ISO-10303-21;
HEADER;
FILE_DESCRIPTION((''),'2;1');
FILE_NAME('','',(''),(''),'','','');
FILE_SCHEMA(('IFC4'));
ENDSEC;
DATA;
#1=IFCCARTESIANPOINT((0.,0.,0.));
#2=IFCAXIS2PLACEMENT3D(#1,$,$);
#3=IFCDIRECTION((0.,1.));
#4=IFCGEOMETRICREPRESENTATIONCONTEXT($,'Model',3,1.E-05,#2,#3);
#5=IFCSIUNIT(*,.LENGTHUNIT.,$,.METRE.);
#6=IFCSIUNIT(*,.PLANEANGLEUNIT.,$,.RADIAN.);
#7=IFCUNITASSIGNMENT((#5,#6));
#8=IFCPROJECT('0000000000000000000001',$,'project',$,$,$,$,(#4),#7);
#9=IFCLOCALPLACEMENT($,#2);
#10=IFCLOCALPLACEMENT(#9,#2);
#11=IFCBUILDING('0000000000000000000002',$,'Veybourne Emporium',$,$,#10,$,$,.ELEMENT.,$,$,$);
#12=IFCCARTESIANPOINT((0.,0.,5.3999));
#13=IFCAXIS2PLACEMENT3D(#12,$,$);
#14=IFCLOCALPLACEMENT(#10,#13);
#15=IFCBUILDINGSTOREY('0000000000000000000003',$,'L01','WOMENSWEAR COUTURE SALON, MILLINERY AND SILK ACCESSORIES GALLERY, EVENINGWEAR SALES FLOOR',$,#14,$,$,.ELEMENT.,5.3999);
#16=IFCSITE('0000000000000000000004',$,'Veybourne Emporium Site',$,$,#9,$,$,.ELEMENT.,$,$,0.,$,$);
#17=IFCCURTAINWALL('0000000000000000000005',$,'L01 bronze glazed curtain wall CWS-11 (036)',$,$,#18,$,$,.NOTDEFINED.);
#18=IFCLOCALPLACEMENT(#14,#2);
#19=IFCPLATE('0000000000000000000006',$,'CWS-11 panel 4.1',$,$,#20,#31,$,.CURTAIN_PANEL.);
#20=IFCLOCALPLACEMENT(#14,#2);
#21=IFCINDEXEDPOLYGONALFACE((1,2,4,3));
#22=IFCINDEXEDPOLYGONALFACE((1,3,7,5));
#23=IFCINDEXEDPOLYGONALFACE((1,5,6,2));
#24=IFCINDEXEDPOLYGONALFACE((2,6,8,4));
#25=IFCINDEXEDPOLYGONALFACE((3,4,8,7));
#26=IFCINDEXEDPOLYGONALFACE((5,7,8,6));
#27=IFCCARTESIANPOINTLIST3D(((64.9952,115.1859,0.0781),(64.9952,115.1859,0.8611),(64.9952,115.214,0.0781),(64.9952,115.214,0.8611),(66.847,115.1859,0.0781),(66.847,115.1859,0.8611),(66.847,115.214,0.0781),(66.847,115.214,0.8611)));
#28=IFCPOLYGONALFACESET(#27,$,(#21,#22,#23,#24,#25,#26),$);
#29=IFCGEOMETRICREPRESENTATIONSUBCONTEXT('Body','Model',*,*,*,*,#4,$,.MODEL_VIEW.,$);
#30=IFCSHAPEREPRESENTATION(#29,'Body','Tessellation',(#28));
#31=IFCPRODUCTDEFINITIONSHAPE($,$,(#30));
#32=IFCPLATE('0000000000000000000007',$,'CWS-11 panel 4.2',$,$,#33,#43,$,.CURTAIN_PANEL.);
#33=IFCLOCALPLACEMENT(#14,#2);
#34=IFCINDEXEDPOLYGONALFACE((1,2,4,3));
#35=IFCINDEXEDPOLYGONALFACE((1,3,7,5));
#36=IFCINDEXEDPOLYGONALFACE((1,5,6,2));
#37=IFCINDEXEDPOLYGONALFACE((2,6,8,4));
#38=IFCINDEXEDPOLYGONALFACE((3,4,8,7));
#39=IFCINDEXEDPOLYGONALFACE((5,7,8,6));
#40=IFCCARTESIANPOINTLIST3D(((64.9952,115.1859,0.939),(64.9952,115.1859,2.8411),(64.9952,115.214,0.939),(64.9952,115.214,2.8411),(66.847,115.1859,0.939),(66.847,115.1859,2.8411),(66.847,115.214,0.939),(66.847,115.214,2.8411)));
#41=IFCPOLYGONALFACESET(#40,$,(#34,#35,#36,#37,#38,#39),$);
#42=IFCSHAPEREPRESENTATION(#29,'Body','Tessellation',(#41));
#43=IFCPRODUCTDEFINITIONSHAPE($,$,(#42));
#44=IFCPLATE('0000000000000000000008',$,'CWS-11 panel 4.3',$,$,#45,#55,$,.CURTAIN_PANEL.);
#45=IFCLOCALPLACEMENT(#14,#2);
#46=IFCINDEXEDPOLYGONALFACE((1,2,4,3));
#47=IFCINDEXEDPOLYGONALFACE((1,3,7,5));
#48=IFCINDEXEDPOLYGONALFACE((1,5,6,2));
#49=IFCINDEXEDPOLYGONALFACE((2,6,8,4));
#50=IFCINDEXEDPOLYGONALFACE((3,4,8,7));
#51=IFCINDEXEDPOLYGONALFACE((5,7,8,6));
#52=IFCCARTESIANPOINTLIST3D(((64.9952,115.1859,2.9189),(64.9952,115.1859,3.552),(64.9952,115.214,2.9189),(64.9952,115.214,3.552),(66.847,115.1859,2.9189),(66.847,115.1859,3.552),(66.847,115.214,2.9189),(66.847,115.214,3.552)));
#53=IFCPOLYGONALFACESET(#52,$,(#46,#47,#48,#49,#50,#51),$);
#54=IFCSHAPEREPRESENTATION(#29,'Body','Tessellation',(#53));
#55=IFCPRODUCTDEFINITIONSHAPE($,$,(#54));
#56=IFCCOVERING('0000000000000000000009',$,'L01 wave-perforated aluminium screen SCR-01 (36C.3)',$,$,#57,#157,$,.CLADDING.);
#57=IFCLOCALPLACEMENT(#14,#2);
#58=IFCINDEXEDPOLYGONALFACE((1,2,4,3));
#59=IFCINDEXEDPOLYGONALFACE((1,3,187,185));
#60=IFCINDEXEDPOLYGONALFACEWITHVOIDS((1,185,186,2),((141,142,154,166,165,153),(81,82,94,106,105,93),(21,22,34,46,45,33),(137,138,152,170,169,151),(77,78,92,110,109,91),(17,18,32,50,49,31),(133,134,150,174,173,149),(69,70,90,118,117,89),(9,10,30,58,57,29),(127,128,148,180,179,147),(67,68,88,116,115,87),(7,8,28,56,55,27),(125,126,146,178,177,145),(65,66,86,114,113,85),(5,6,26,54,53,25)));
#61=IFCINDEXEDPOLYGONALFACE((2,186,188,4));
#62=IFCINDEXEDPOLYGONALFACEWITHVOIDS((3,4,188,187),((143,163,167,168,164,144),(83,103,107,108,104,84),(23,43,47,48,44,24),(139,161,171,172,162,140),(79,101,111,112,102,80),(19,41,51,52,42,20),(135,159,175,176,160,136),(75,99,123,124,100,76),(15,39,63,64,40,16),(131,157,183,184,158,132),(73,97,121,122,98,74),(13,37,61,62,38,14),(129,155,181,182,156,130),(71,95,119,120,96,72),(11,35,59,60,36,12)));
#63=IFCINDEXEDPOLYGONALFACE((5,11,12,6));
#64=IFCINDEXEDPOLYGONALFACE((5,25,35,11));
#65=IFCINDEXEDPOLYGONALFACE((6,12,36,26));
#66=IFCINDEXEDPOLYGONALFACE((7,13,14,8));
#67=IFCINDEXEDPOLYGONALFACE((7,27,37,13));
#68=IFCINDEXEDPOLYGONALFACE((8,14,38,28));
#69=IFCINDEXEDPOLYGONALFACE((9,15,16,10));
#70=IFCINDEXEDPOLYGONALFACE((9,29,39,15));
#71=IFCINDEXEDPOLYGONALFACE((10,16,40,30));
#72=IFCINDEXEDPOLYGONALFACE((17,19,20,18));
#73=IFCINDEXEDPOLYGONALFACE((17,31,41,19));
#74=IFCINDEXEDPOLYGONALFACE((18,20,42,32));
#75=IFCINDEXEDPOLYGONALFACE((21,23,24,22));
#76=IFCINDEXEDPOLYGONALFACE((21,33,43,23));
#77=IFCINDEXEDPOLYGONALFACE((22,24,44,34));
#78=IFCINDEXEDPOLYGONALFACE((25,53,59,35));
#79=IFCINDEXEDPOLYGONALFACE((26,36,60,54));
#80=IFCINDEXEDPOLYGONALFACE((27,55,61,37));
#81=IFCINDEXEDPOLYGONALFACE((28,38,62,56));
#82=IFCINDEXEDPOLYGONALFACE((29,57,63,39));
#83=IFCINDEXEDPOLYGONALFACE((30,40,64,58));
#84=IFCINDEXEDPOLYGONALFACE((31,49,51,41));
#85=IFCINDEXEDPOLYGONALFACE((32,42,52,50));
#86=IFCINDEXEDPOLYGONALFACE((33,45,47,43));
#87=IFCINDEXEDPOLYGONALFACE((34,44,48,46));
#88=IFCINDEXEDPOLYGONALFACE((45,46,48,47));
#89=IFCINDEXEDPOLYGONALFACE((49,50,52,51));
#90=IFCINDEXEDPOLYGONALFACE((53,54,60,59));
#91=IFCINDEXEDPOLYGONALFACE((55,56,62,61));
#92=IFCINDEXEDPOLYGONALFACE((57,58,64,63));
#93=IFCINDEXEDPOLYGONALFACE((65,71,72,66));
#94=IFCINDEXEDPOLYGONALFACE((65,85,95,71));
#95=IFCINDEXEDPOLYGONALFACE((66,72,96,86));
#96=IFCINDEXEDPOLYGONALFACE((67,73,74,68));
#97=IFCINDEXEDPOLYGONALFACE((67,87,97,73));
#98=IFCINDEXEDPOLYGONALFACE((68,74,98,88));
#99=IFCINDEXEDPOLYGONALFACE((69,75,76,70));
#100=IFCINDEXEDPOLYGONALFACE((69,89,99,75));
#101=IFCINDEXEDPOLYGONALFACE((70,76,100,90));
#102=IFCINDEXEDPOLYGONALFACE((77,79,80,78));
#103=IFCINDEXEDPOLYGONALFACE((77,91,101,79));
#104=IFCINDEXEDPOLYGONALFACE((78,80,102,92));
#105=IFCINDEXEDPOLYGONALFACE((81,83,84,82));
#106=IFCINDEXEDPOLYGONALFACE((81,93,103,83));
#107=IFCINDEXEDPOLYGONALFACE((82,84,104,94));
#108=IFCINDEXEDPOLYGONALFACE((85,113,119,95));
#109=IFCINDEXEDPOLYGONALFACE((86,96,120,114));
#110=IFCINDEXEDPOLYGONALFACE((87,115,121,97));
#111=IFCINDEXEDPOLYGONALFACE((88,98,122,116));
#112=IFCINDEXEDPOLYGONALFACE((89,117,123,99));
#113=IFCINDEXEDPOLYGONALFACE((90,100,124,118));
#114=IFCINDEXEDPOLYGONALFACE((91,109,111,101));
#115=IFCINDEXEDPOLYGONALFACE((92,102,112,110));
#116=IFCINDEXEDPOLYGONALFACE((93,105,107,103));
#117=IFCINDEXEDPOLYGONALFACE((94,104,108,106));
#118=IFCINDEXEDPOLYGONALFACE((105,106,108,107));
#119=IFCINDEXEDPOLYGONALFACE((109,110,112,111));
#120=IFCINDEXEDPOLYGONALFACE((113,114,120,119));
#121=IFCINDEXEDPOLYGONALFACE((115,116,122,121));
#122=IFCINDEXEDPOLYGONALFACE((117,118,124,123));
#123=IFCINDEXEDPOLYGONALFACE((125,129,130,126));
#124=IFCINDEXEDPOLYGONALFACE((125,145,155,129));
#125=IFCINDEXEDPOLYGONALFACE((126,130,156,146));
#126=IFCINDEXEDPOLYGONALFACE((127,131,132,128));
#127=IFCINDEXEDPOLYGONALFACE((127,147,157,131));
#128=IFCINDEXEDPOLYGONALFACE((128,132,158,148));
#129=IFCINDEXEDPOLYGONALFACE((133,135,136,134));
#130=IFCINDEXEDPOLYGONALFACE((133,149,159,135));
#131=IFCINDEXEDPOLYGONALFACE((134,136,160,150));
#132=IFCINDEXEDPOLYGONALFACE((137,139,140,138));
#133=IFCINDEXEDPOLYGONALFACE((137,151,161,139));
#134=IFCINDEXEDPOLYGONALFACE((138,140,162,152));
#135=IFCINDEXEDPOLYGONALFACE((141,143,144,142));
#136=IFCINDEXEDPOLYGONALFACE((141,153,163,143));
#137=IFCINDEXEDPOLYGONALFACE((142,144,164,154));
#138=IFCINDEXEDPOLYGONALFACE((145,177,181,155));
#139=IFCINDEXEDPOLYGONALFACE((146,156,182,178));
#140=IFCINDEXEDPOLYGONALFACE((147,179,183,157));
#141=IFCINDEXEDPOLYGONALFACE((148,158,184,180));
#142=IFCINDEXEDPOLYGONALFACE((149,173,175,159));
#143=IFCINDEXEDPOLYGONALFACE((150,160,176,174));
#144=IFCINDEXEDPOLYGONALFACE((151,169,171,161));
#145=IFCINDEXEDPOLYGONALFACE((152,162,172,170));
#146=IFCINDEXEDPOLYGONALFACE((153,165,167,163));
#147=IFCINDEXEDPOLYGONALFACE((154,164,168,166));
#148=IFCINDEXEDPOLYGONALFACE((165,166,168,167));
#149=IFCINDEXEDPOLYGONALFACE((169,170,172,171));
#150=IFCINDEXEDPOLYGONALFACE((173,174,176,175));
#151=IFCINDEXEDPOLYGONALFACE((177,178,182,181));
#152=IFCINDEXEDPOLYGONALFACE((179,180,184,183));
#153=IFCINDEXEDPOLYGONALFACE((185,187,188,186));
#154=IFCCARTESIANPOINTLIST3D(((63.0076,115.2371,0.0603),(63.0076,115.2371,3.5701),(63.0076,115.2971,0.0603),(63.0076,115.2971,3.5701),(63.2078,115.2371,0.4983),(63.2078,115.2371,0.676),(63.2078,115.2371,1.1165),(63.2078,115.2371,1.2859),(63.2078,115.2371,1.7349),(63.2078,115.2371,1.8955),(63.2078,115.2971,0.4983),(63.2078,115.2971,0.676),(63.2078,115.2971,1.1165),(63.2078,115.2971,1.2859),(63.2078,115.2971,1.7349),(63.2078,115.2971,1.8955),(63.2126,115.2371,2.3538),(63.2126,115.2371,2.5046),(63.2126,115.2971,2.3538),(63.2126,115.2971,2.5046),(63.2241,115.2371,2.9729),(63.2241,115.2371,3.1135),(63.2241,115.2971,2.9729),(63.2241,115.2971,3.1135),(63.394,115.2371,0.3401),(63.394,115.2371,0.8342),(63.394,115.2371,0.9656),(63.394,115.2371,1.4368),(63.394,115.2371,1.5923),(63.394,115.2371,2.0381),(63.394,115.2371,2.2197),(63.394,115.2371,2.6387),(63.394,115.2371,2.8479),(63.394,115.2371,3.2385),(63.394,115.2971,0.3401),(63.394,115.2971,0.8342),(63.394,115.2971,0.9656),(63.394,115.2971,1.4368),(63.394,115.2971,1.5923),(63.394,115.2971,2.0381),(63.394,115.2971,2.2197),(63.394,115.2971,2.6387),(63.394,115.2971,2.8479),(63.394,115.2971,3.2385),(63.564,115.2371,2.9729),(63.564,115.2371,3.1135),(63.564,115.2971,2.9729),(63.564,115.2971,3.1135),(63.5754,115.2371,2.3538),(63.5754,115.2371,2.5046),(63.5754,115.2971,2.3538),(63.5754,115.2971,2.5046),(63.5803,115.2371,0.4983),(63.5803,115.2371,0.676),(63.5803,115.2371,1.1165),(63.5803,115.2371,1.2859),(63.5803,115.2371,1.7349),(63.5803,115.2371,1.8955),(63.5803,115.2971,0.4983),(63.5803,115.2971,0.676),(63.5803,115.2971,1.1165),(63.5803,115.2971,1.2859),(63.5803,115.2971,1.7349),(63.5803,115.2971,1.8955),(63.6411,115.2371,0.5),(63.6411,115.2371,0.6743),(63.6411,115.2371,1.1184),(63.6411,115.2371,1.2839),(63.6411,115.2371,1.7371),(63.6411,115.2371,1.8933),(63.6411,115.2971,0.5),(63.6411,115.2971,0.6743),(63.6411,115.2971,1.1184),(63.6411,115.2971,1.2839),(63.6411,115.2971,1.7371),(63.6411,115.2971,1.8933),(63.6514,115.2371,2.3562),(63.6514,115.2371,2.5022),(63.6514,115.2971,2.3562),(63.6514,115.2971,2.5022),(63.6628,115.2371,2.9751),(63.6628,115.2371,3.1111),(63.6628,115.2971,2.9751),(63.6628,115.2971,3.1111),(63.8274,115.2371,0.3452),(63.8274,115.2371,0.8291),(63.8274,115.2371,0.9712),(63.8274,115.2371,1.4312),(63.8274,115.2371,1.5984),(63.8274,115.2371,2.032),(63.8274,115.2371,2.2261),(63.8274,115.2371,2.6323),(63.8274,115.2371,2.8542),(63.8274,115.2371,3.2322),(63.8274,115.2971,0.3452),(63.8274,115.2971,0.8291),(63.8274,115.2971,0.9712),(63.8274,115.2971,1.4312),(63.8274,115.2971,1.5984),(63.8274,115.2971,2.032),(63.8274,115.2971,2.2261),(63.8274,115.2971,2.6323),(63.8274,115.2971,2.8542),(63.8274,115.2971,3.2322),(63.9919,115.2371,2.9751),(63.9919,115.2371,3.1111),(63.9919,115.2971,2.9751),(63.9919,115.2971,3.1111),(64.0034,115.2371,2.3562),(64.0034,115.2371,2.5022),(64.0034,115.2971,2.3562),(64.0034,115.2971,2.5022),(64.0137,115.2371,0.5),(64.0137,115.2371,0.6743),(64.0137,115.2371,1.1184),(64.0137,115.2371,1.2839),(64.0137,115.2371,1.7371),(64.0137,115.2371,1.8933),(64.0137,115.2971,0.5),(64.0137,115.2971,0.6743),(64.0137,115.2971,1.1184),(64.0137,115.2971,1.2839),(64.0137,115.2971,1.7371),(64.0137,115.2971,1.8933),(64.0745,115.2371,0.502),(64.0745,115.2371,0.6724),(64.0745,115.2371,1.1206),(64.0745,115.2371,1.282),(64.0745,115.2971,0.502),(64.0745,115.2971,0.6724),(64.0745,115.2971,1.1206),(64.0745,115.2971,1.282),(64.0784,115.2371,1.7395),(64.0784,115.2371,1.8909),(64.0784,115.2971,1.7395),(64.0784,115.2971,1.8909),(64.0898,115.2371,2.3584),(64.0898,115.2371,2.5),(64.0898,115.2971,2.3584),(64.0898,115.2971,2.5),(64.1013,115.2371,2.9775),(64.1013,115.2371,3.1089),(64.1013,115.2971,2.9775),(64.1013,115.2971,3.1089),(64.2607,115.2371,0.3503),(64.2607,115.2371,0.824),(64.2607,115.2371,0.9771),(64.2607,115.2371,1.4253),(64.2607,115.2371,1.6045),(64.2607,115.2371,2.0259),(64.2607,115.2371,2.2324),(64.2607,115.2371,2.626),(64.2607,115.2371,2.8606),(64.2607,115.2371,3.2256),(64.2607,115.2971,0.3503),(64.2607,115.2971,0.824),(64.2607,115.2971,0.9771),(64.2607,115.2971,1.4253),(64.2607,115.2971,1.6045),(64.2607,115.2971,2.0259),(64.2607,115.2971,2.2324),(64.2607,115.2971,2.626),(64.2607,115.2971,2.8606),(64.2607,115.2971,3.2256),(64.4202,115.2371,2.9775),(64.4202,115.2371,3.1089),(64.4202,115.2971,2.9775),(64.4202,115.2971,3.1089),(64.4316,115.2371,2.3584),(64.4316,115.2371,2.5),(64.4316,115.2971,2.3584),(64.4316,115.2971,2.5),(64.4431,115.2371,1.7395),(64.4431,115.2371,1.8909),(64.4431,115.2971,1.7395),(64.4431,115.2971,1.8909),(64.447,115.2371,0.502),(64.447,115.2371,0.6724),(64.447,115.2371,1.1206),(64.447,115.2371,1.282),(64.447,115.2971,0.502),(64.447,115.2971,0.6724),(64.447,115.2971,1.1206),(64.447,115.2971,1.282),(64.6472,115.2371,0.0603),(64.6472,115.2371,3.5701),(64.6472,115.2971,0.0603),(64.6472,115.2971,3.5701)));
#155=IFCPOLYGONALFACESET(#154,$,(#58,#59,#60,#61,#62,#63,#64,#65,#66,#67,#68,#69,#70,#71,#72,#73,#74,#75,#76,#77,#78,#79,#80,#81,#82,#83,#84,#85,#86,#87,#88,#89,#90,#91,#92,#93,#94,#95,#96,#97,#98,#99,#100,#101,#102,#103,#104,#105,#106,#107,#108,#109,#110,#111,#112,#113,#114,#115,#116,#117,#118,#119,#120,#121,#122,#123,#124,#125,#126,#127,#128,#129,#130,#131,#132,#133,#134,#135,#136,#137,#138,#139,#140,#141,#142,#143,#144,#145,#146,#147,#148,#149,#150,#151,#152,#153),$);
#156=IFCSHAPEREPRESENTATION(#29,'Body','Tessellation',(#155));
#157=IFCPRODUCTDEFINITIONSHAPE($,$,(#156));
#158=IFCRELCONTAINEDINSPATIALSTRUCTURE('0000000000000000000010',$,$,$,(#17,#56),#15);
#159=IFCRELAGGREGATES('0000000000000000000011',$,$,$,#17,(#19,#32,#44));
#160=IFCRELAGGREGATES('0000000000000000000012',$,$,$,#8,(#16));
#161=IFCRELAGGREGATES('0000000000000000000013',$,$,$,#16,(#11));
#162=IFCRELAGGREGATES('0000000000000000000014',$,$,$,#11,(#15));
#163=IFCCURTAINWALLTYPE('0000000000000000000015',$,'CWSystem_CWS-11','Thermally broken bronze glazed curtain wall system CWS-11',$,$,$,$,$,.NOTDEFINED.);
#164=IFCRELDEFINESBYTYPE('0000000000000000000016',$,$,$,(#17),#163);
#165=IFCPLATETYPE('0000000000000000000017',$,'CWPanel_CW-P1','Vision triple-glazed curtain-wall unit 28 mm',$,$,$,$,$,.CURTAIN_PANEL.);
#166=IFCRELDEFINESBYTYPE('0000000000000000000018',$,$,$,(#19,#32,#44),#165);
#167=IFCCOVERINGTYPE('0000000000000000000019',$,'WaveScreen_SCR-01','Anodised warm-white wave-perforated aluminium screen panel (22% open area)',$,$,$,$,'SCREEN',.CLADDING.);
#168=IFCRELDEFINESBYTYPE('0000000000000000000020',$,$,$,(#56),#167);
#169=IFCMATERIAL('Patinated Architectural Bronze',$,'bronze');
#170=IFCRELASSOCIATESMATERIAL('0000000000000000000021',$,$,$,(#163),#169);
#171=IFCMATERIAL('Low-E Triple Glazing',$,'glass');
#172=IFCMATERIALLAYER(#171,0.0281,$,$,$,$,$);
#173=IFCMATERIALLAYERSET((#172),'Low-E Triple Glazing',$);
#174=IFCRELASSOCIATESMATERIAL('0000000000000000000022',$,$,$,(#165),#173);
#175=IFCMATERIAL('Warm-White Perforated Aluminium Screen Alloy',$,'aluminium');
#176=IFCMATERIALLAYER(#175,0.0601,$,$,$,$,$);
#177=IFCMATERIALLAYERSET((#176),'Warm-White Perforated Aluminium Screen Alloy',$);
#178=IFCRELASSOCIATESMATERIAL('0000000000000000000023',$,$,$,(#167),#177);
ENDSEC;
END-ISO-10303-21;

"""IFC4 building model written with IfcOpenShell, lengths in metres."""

from ifc_helpers import new_model, si_unit, direction, frame, origin, origin_2d, place, context, subcontext, project, spatial, polyline, rectangle, outline, extrude, material, layer, layer_set, type_object, element, aggregate, save


model = new_model("IFC4")

# Units and contexts
model_context = context("Model", 3, precision=1e-05, world=origin(), true_north=direction((0.0, 1.0)))
body_context = subcontext(model_context, "Body", "Model", "MODEL_VIEW")
ifc_project = project(units=[si_unit("LENGTHUNIT", "METRE"), si_unit("PLANEANGLEUNIT", "RADIAN")], contexts=[model_context])

# Site, building, storey
site_placement = place(None, origin())
site = spatial("IfcSite", under=ifc_project, at=site_placement, Name="Veybourne Emporium Site", CompositionType="ELEMENT", RefElevation=0.0)
building_placement = place(site_placement, origin())
building = spatial("IfcBuilding", under=site, at=building_placement, Name="Veybourne Emporium", CompositionType="ELEMENT")
storey_placement = place(building_placement, frame((0.0, 0.0, 5.3999)))
storey = spatial("IfcBuildingStorey", under=building, at=storey_placement, Name="L01", Description="WOMENSWEAR COUTURE SALON, MILLINERY AND SILK ACCESSORIES GALLERY, EVENINGWEAR SALES FLOOR", CompositionType="ELEMENT", Elevation=5.3999)

# Curtain wall
ifc_material_1 = material(Name="Patinated Architectural Bronze", Category="bronze")
curtain_wall_type = type_object("IfcCurtainWallType", Name="CWSystem_CWS-11", Description="Thermally broken bronze glazed curtain wall system CWS-11", PredefinedType="NOTDEFINED", material=ifc_material_1)
curtain_wall_placement = place(storey_placement, origin())
curtain_wall = element("IfcCurtainWall", 1, at=curtain_wall_placement, inside=storey, type_object=curtain_wall_type, Name="L01 bronze glazed curtain wall CWS-11 (036)", PredefinedType="NOTDEFINED")

# Plates
ifc_material_2 = material(Name="Low-E Triple Glazing", Category="glass")
ifc_layer_1 = layer(ifc_material_2, 0.0281)
ifc_layer_set_1 = layer_set([ifc_layer_1], Name="Low-E Triple Glazing")
plate_type = type_object("IfcPlateType", Name="CWPanel_CW-P1", Description="Vision triple-glazed curtain-wall unit 28 mm", PredefinedType="CURTAIN_PANEL", material=ifc_layer_set_1)
plate_1_placement = place(storey_placement, frame((65.9211, 115.2, 0.0781), z_axis=(0.0, 0.0, 1.0), x_axis=(1.0, 0.0, 0.0)))
plate_1 = element("IfcPlate", 2, at=plate_1_placement, type_object=plate_type, Name="CWS-11 panel 4.1", PredefinedType="CURTAIN_PANEL", context=body_context, shape_type="SweptSolid", body=[
    extrude(rectangle(XDim=1.8518, YDim=0.0281, at=origin_2d()), origin(), (0.0, 0.0, 1.0), 0.783),
])
plate_2_placement = place(storey_placement, frame((65.9211, 115.2, 0.939), z_axis=(0.0, 0.0, 1.0), x_axis=(1.0, 0.0, 0.0)))
plate_2 = element("IfcPlate", 3, at=plate_2_placement, type_object=plate_type, Name="CWS-11 panel 4.2", PredefinedType="CURTAIN_PANEL", context=body_context, shape_type="SweptSolid", body=[
    extrude(rectangle(XDim=1.8518, YDim=0.0281, at=origin_2d()), origin(), (0.0, 0.0, 1.0), 1.9021),
])
plate_3_placement = place(storey_placement, frame((65.9211, 115.2, 2.9189), z_axis=(0.0, 0.0, 1.0), x_axis=(1.0, 0.0, 0.0)))
plate_3 = element("IfcPlate", 4, at=plate_3_placement, type_object=plate_type, Name="CWS-11 panel 4.3", PredefinedType="CURTAIN_PANEL", context=body_context, shape_type="SweptSolid", body=[
    extrude(rectangle(XDim=1.8518, YDim=0.0281, at=origin_2d()), origin(), (0.0, 0.0, 1.0), 0.6331),
])
aggregate(curtain_wall, [plate_1, plate_2, plate_3])

# Covering
ifc_material_3 = material(Name="Warm-White Perforated Aluminium Screen Alloy", Category="aluminium")
ifc_layer_2 = layer(ifc_material_3, 0.0601)
ifc_layer_set_2 = layer_set([ifc_layer_2], Name="Warm-White Perforated Aluminium Screen Alloy")
covering_type_1 = type_object("IfcCoveringType", Name="WaveScreen_SCR-01", Description="Anodised warm-white wave-perforated aluminium screen panel (22% open area)", ElementType="SCREEN", PredefinedType="CLADDING", material=ifc_layer_set_2)
covering_1_placement = place(storey_placement, frame((63.8274, 115.2971, 1.8152), z_axis=(0.0, -1.0, 0.0), x_axis=(1.0, 0.0, 0.0)))
element("IfcCovering", 5, at=covering_1_placement, inside=storey, type_object=covering_type_1, Name="L01 wave-perforated aluminium screen SCR-01 (36C.3)", PredefinedType="CLADDING", context=body_context, shape_type="SweptSolid", body=[
    extrude(outline(polyline([(-0.8198, -1.7549), (0.8198, -1.7549), (0.8198, 1.7549), (-0.8198, 1.7549), (-0.8198, -1.7549)]), holes=[polyline([(-0.4333, -0.981), (-0.2471, -1.1392), (-0.2471, -1.3169), (-0.4333, -1.4751), (-0.6196, -1.3169), (-0.6196, -1.1392), (-0.4333, -0.981)]), polyline([(-0.4333, -0.3784), (-0.2471, -0.5293), (-0.2471, -0.6987), (-0.4333, -0.8496), (-0.6196, -0.6987), (-0.6196, -0.5293), (-0.4333, -0.3784)]), polyline([(-0.4333, 0.2229), (-0.2471, 0.0803), (-0.2471, -0.0803), (-0.4333, -0.2229), (-0.6196, -0.0803), (-0.6196, 0.0803), (-0.4333, 0.2229)]), polyline([(-0.4333, 0.8235), (-0.252, 0.6895), (-0.252, 0.5386), (-0.4333, 0.4045), (-0.6147, 0.5386), (-0.6147, 0.6895), (-0.4333, 0.8235)]), polyline([(-0.4333, 1.4233), (-0.2634, 1.2983), (-0.2634, 1.1577), (-0.4333, 1.0327), (-0.6033, 1.1577), (-0.6033, 1.2983), (-0.4333, 1.4233)]), polyline([(0.0, -0.9861), (0.1863, -1.1409), (0.1863, -1.3152), (0.0, -1.47), (-0.1863, -1.3152), (-0.1863, -1.1409), (0.0, -0.9861)]), polyline([(0.0, -0.384), (0.1863, -0.5312), (0.1863, -0.6968), (0.0, -0.844), (-0.1863, -0.6968), (-0.1863, -0.5312), (0.0, -0.384)]), polyline([(0.0, 0.2168), (0.1863, 0.0781), (0.1863, -0.0781), (0.0, -0.2168), (-0.1863, -0.0781), (-0.1863, 0.0781), (0.0, 0.2168)]), polyline([(0.0, 0.8171), (0.176, 0.687), (0.176, 0.541), (0.0, 0.4109), (-0.176, 0.541), (-0.176, 0.687), (0.0, 0.8171)]), polyline([(0.0, 1.417), (0.1646, 1.2959), (0.1646, 1.1599), (0.0, 1.0391), (-0.1646, 1.1599), (-0.1646, 1.2959), (0.0, 1.417)]), polyline([(0.4333, -0.9912), (0.6196, -1.1428), (0.6196, -1.3132), (0.4333, -1.4648), (0.2471, -1.3132), (0.2471, -1.1428), (0.4333, -0.9912)]), polyline([(0.4333, -0.3899), (0.6196, -0.5332), (0.6196, -0.6946), (0.4333, -0.8381), (0.2471, -0.6946), (0.2471, -0.5332), (0.4333, -0.3899)]), polyline([(0.4333, 0.2107), (0.6157, 0.0757), (0.6157, -0.0757), (0.4333, -0.2107), (0.251, -0.0757), (0.251, 0.0757), (0.4333, 0.2107)]), polyline([(0.4333, 0.8108), (0.6042, 0.6848), (0.6042, 0.5432), (0.4333, 0.4172), (0.2625, 0.5432), (0.2625, 0.6848), (0.4333, 0.8108)]), polyline([(0.4333, 1.4104), (0.5928, 1.2937), (0.5928, 1.1624), (0.4333, 1.0454), (0.2739, 1.1624), (0.2739, 1.2937), (0.4333, 1.4104)])]), origin(), (0.0, 0.0, 1.0), 0.0601),
])

save(model, "model.ifc")
